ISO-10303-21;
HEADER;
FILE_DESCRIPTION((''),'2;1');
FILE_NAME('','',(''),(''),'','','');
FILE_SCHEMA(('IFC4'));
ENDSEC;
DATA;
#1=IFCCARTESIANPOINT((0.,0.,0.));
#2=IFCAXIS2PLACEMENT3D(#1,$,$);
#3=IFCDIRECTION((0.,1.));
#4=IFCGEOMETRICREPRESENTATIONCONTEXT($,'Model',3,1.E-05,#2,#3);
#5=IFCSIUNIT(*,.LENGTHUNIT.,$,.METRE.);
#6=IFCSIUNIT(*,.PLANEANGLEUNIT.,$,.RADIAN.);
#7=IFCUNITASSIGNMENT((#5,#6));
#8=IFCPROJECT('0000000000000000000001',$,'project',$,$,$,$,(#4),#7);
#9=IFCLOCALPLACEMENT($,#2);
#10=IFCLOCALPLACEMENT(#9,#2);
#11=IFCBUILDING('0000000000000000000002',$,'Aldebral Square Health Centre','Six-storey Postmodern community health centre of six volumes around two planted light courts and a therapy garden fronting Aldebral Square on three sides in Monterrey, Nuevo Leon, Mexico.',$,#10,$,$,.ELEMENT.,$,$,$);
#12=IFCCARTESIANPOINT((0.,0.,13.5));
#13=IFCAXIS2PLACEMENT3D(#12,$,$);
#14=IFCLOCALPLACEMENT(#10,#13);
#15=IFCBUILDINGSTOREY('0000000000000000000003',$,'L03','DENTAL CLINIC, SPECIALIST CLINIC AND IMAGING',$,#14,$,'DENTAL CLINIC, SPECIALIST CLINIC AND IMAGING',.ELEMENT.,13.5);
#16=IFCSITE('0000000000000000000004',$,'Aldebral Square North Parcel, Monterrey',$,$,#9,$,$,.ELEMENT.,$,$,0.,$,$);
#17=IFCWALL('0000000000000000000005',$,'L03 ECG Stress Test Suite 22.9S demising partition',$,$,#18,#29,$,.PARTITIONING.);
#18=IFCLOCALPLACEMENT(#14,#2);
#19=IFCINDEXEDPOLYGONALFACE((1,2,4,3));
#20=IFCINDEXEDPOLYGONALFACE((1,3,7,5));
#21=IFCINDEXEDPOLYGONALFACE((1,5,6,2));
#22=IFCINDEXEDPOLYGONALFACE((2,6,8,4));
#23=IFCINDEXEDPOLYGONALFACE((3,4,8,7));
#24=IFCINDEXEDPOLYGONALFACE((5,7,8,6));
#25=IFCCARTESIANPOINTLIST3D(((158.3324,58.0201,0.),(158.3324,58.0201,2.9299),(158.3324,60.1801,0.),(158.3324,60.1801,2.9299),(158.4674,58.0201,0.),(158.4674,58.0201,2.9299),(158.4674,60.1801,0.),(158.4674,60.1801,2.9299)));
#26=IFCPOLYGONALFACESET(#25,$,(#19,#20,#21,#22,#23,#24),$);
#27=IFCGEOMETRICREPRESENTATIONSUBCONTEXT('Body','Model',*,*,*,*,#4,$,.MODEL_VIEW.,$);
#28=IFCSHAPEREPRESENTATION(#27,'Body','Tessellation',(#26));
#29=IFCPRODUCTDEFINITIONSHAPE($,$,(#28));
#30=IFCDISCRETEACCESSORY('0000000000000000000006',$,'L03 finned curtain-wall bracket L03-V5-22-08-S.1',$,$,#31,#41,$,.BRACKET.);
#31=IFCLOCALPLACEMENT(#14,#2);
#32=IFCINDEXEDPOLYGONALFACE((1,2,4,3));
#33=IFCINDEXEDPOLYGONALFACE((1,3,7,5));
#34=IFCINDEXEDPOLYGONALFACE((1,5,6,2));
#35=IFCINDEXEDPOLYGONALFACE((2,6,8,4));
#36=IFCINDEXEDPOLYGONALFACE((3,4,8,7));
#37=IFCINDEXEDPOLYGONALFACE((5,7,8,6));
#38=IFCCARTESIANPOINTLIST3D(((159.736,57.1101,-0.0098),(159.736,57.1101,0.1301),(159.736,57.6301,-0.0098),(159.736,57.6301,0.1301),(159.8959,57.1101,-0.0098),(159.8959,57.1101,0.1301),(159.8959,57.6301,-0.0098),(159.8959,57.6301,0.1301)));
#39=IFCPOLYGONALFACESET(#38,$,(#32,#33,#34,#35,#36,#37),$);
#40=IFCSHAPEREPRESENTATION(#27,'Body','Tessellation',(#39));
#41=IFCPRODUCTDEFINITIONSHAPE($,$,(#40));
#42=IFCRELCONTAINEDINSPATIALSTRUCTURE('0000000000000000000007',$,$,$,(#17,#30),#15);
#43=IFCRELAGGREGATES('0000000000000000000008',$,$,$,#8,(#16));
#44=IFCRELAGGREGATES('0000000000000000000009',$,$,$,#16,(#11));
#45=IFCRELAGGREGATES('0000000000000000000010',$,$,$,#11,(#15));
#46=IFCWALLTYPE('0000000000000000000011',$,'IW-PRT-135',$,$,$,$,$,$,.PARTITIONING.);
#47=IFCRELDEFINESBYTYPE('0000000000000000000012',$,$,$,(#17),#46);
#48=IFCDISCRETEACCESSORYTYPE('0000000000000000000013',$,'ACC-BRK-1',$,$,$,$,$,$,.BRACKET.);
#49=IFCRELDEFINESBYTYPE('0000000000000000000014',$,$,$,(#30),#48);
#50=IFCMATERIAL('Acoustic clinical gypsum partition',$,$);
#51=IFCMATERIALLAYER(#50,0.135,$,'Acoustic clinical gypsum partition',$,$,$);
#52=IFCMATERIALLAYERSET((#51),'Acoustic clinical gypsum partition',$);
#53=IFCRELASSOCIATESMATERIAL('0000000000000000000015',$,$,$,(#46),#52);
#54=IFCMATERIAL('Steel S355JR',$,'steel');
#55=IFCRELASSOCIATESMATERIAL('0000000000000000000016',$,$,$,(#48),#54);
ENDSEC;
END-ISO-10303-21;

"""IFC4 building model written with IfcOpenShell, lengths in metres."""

from ifc_helpers import new_model, si_unit, direction, frame, frame_2d, origin, origin_2d, place, context, subcontext, project, spatial, rectangle, extrude, material, layer, layer_set, type_object, element, save


model = new_model("IFC4")

# Units and contexts
model_context = context("Model", 3, precision=1e-05, world=origin(), true_north=direction((0.0, 1.0)))
body_context = subcontext(model_context, "Body", "Model", "MODEL_VIEW")
ifc_project = project(units=[si_unit("LENGTHUNIT", "METRE"), si_unit("PLANEANGLEUNIT", "RADIAN")], contexts=[model_context])

# Site, building, storey
site_placement = place(None, origin())
site = spatial("IfcSite", under=ifc_project, at=site_placement, Name="Aldebral Square North Parcel, Monterrey", CompositionType="ELEMENT", RefElevation=0.0)
building_placement = place(site_placement, origin())
building = spatial("IfcBuilding", under=site, at=building_placement, Name="Aldebral Square Health Centre", Description="Six-storey Postmodern community health centre of six volumes around two planted light courts and a therapy garden fronting Aldebral Square on three sides in Monterrey, Nuevo Leon, Mexico.", CompositionType="ELEMENT")
storey_placement = place(building_placement, frame((0.0, 0.0, 13.5)))
storey = spatial("IfcBuildingStorey", under=building, at=storey_placement, Name="L03", Description="DENTAL CLINIC, SPECIALIST CLINIC AND IMAGING", LongName="DENTAL CLINIC, SPECIALIST CLINIC AND IMAGING", CompositionType="ELEMENT", Elevation=13.5)

# Wall
ifc_material_1 = material(Name="Acoustic clinical gypsum partition")
ifc_layer_1 = layer(ifc_material_1, 0.135, Name="Acoustic clinical gypsum partition")
ifc_layer_set_1 = layer_set([ifc_layer_1], Name="Acoustic clinical gypsum partition")
wall_type_1 = type_object("IfcWallType", Name="IW-PRT-135", PredefinedType="PARTITIONING", material=ifc_layer_set_1)
wall_1_placement = place(storey_placement, frame((158.3999, 58.02, 0.0), z_axis=(0.0, 0.0, 1.0), x_axis=(0.0, 1.0, 0.0)))
element("IfcWall", 1, at=wall_1_placement, inside=storey, type_object=wall_type_1, Name="L03 ECG Stress Test Suite 22.9S demising partition", PredefinedType="PARTITIONING", context=body_context, shape_type="SweptSolid", body=[
    extrude(rectangle(XDim=2.1599, YDim=0.135, at=frame_2d((1.0801, 0.0))), origin(), (0.0, 0.0, 1.0), 2.9299),
])

# Discrete accessory
ifc_material_2 = material(Name="Steel S355JR", Category="steel")
discrete_accessory_type = type_object("IfcDiscreteAccessoryType", Name="ACC-BRK-1", PredefinedType="BRACKET", material=ifc_material_2)
discrete_accessory_placement = place(storey_placement, frame((159.8159, 57.3701, -0.0098), z_axis=(0.0, 0.0, 1.0), x_axis=(1.0, 0.0, 0.0)))
element("IfcDiscreteAccessory", 2, at=discrete_accessory_placement, inside=storey, type_object=discrete_accessory_type, Name="L03 finned curtain-wall bracket L03-V5-22-08-S.1", PredefinedType="BRACKET", context=body_context, shape_type="SweptSolid", body=[
    extrude(rectangle(XDim=0.1599, YDim=0.52, at=origin_2d()), origin(), (0.0, 0.0, 1.0), 0.1399),
])

save(model, "model.ifc")
